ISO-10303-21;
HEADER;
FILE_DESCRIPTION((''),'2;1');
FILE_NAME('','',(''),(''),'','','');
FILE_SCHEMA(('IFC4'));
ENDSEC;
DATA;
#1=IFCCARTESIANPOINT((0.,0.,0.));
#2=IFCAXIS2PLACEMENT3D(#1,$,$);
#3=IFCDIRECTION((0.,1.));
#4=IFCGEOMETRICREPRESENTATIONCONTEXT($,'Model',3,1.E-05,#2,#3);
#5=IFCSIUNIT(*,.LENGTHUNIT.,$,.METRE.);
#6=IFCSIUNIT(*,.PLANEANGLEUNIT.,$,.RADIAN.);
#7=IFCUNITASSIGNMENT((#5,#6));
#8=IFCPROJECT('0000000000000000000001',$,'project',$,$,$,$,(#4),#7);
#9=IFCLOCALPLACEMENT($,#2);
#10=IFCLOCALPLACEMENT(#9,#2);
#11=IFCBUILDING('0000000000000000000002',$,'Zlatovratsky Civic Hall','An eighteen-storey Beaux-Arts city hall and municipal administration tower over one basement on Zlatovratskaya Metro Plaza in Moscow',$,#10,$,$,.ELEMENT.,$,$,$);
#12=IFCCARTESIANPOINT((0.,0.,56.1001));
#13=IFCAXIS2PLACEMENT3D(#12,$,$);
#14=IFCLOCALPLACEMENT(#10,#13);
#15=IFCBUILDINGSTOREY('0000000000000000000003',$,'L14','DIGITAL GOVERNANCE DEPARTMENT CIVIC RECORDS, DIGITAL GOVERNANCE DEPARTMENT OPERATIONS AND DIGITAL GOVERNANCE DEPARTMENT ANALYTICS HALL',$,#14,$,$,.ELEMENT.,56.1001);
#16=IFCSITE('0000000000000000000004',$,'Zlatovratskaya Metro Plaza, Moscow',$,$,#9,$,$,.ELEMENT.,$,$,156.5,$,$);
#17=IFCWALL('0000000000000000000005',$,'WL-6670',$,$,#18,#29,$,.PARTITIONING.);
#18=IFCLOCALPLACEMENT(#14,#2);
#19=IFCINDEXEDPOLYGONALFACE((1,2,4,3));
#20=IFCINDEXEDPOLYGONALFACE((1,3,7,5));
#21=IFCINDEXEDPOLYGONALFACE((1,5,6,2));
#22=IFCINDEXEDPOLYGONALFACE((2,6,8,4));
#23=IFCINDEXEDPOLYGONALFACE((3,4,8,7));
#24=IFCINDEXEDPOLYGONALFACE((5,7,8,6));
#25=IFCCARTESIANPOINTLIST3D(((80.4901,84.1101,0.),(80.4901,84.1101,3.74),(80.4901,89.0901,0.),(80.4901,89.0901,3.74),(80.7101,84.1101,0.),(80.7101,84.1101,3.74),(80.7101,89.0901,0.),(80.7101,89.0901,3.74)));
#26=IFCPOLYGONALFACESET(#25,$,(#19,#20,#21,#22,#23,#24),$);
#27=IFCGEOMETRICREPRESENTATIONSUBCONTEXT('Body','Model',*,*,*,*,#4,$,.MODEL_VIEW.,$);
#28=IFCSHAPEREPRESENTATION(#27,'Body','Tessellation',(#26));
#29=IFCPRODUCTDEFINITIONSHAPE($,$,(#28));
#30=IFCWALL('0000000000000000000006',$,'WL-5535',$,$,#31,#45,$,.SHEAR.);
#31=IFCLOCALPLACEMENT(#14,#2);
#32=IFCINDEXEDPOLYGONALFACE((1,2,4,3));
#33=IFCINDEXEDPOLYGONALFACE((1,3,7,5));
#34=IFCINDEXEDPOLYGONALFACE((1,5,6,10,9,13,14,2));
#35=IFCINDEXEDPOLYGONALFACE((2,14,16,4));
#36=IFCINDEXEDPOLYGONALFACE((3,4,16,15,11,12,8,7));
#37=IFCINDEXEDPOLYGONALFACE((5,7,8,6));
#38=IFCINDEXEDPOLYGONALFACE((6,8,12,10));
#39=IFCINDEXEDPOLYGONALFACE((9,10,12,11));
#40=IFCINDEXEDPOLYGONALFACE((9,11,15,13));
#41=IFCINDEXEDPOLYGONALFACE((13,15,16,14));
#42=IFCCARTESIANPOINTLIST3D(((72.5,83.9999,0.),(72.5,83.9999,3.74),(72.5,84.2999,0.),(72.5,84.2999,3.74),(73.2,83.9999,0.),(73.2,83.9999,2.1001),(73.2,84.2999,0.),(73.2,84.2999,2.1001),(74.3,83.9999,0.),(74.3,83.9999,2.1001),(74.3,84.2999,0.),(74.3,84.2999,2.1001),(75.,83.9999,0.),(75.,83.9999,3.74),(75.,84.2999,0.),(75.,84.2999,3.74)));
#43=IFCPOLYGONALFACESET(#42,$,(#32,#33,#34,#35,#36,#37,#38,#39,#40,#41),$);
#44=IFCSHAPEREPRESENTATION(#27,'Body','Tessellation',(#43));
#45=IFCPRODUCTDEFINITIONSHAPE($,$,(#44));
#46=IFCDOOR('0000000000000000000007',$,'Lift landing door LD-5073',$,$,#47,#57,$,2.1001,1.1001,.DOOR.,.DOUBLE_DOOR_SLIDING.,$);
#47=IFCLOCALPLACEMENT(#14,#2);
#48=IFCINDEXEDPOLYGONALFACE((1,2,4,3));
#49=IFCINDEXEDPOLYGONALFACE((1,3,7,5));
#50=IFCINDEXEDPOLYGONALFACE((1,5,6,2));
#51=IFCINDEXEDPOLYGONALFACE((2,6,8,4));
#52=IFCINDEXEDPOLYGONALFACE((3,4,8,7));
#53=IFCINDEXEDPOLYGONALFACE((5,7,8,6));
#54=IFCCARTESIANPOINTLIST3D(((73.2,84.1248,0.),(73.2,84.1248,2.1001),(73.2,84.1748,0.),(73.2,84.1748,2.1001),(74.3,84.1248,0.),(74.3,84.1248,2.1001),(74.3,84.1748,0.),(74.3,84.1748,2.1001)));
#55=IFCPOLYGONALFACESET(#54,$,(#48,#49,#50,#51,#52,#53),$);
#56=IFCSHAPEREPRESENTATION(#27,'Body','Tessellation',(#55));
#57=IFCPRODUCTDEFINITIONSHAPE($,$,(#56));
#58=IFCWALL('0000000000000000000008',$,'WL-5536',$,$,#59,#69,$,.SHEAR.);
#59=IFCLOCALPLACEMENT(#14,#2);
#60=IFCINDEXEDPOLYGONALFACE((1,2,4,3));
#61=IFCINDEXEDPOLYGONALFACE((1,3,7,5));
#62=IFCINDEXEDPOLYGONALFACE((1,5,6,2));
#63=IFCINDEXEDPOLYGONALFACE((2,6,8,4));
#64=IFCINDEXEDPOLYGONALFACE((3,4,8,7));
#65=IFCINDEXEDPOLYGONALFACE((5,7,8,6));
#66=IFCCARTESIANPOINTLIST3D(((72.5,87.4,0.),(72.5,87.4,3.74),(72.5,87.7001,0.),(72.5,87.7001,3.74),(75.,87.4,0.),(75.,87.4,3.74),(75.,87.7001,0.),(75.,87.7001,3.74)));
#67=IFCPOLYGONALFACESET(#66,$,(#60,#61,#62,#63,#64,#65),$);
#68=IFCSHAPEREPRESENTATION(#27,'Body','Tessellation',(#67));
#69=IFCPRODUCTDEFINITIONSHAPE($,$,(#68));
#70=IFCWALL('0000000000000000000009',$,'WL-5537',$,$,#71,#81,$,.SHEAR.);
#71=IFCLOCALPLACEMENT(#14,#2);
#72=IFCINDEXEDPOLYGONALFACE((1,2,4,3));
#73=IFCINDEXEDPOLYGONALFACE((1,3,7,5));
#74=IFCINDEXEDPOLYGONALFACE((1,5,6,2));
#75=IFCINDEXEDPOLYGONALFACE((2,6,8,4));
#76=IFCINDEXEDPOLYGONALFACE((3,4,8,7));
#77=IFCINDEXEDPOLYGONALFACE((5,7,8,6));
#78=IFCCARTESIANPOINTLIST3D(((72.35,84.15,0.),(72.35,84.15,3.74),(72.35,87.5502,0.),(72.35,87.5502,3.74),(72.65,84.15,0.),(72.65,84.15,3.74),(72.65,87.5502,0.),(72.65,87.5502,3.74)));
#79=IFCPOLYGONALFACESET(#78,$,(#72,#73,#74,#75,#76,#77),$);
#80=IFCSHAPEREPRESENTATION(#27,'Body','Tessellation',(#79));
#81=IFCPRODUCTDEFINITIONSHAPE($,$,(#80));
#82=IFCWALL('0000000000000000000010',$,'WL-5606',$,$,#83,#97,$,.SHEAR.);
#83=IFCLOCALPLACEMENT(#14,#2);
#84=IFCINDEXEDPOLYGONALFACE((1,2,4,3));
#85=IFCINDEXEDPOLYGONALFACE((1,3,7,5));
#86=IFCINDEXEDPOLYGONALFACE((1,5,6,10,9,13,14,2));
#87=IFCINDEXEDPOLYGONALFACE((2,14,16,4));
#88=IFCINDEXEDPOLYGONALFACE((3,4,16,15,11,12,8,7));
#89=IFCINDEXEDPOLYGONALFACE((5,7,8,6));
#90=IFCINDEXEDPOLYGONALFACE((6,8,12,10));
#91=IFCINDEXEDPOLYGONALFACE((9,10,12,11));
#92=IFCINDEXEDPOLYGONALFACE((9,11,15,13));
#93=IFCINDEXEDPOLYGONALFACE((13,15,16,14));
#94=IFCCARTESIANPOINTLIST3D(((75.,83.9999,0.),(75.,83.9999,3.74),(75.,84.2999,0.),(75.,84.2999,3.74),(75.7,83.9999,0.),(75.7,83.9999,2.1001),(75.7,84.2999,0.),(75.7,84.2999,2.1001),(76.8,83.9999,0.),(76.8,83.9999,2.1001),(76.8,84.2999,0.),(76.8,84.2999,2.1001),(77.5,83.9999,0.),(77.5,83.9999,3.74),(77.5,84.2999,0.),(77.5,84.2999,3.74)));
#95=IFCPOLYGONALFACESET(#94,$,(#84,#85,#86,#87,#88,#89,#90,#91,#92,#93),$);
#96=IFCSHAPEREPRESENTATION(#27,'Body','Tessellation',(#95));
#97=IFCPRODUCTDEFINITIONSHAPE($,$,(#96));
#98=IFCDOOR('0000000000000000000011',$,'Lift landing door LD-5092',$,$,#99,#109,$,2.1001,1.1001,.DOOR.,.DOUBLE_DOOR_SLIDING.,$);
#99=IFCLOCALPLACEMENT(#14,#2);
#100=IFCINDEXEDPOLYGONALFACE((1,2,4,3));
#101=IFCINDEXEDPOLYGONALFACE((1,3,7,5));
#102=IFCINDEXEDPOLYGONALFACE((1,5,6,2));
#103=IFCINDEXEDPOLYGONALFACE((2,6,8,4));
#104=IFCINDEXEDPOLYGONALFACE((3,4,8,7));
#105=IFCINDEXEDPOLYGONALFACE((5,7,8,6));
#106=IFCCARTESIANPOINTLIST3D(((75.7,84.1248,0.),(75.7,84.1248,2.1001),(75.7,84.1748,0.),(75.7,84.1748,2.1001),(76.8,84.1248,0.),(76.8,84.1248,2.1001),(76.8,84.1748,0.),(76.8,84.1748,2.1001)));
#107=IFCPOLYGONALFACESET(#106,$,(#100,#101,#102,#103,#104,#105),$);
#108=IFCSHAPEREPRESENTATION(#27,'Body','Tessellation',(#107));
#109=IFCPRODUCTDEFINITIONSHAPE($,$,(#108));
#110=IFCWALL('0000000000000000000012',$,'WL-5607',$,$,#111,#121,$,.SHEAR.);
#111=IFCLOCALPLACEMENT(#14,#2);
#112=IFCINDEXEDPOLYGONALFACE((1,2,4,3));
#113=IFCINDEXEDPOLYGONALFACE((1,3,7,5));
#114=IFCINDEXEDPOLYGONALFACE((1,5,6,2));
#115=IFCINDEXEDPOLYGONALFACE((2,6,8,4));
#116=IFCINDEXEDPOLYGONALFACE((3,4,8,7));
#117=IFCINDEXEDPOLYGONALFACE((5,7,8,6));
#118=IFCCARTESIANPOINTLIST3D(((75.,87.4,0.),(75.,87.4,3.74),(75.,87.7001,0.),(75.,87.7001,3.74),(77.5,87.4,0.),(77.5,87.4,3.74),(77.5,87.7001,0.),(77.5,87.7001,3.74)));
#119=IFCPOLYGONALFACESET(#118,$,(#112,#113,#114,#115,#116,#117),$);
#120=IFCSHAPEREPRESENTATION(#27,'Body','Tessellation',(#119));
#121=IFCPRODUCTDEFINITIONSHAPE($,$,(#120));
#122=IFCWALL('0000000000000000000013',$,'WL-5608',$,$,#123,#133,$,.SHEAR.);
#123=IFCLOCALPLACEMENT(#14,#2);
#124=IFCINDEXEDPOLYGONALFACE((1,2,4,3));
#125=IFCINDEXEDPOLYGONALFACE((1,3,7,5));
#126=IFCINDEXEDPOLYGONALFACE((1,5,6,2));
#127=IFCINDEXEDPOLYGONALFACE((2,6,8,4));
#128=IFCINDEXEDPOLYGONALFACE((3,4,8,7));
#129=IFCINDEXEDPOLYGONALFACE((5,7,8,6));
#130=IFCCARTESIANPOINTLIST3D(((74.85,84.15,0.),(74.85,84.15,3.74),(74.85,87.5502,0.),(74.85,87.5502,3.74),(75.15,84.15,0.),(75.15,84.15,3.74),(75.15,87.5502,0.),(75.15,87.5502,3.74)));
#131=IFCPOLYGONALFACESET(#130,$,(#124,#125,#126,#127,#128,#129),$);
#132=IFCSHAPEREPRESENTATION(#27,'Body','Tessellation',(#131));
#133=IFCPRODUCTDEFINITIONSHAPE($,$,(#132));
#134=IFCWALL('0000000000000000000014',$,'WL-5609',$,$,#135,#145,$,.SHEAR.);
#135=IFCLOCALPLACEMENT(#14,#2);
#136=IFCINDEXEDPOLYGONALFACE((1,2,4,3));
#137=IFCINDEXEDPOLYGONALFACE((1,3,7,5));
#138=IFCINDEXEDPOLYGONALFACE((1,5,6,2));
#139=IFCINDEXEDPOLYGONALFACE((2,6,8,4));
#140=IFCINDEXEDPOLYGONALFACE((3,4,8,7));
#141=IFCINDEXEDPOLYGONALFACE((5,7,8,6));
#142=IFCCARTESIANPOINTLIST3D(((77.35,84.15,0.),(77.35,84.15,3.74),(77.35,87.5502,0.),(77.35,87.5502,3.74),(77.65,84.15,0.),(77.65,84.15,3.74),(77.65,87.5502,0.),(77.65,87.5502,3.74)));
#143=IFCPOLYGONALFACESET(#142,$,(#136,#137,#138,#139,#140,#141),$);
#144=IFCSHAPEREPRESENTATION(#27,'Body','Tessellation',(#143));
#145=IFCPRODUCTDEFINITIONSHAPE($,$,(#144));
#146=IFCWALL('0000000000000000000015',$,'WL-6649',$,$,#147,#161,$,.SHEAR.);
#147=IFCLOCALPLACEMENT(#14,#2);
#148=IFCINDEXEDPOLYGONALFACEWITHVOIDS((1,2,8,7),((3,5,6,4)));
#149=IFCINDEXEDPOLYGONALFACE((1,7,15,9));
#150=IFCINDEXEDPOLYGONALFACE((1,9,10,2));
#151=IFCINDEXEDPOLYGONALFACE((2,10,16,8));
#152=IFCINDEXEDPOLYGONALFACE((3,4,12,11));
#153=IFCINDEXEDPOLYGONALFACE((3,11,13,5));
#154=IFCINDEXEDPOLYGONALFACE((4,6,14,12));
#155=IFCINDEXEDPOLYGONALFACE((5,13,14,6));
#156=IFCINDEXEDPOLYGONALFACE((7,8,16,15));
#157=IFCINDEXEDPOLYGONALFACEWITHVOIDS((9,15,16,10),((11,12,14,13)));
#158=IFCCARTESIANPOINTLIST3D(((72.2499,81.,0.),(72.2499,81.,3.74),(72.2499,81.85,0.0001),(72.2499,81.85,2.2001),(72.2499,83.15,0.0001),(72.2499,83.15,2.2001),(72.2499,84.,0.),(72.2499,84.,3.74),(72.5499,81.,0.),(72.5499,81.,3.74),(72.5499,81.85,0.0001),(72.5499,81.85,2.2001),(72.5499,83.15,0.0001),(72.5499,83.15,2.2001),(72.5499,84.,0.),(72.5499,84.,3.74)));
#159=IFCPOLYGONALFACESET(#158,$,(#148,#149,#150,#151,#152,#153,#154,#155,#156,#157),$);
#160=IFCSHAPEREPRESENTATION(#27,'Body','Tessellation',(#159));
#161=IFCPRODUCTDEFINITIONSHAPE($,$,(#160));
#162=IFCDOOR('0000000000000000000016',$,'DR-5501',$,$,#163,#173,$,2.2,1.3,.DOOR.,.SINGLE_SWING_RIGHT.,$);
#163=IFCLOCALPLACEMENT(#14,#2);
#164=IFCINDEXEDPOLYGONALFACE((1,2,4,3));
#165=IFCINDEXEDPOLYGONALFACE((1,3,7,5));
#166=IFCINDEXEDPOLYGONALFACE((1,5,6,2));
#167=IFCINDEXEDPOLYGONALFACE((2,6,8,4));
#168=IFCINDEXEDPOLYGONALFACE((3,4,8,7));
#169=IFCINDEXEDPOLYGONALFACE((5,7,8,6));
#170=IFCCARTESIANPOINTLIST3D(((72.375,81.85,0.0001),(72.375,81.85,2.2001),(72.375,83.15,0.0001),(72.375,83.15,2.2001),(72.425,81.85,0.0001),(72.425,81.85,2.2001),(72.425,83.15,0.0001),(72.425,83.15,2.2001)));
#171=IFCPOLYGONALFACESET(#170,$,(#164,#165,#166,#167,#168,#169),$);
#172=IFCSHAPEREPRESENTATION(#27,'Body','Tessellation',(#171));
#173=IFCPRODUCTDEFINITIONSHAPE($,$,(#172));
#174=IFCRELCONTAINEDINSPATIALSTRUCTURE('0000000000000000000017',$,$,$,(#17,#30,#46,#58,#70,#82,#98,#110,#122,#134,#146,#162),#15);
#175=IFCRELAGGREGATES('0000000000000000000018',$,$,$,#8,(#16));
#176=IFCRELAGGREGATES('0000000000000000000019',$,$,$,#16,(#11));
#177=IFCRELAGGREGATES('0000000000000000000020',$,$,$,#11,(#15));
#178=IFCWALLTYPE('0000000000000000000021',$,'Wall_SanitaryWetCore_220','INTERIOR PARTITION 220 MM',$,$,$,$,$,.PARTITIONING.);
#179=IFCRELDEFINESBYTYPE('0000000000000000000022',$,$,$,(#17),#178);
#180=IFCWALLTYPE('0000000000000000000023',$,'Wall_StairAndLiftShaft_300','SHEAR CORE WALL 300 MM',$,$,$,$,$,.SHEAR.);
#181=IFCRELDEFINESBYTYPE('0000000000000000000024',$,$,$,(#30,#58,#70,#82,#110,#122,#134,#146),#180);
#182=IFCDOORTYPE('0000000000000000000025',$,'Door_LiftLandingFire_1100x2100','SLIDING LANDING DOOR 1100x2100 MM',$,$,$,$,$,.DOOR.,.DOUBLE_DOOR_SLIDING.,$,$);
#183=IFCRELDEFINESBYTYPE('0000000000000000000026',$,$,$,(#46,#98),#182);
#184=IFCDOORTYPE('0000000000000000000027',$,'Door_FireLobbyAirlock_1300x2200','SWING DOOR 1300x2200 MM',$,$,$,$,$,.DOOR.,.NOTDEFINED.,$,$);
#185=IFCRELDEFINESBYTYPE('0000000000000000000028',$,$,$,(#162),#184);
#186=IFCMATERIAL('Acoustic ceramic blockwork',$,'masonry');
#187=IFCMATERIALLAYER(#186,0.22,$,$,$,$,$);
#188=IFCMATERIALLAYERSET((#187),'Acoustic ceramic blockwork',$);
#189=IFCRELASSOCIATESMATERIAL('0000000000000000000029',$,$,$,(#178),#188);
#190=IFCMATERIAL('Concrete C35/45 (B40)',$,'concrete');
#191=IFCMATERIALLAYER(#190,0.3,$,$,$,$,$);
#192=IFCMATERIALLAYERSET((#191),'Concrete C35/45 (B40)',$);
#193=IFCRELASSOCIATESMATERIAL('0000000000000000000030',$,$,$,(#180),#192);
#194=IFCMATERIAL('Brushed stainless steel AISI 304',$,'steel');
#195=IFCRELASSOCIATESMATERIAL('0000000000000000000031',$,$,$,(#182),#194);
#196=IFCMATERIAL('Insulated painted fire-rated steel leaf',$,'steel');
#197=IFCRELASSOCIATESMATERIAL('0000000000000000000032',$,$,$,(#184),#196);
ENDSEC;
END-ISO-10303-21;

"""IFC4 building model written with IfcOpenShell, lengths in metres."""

from ifc_helpers import new_model, si_unit, direction, frame, frame_2d, origin, place, context, subcontext, project, spatial, rectangle, extrude, material, layer, layer_set, type_object, element, fill, save


model = new_model("IFC4")

# Units and contexts
model_context = context("Model", 3, precision=1e-05, world=origin(), true_north=direction((0.0, 1.0)))
body_context = subcontext(model_context, "Body", "Model", "MODEL_VIEW")
ifc_project = project(units=[si_unit("LENGTHUNIT", "METRE"), si_unit("PLANEANGLEUNIT", "RADIAN")], contexts=[model_context])

# Site, building, storey
site_placement = place(None, origin())
site = spatial("IfcSite", under=ifc_project, at=site_placement, Name="Zlatovratskaya Metro Plaza, Moscow", CompositionType="ELEMENT", RefElevation=156.5)
building_placement = place(site_placement, origin())
building = spatial("IfcBuilding", under=site, at=building_placement, Name="Zlatovratsky Civic Hall", Description="An eighteen-storey Beaux-Arts city hall and municipal administration tower over one basement on Zlatovratskaya Metro Plaza in Moscow", CompositionType="ELEMENT")
storey_placement = place(building_placement, frame((0.0, 0.0, 56.1001)))
storey = spatial("IfcBuildingStorey", under=building, at=storey_placement, Name="L14", Description="DIGITAL GOVERNANCE DEPARTMENT CIVIC RECORDS, DIGITAL GOVERNANCE DEPARTMENT OPERATIONS AND DIGITAL GOVERNANCE DEPARTMENT ANALYTICS HALL", CompositionType="ELEMENT", Elevation=56.1001)

# Shared definitions
ifc_material_1 = material(Name="Concrete C35/45 (B40)", Category="concrete")

# Shared definitions
ifc_material_2 = material(Name="Acoustic ceramic blockwork", Category="masonry")

# Shared definitions
ifc_layer_1 = layer(ifc_material_2, 0.22)
ifc_layer_set_1 = layer_set([ifc_layer_1], Name="Acoustic ceramic blockwork")
wall_type_1 = type_object("IfcWallType", Name="Wall_SanitaryWetCore_220", Description="INTERIOR PARTITION 220 MM", PredefinedType="PARTITIONING", material=ifc_layer_set_1)

# Wall
wall_1_placement = place(storey_placement, frame((80.6001, 84.1101, 0.0), z_axis=(0.0, 0.0, 1.0), x_axis=(0.0, 1.0, 0.0)))
element("IfcWall", 1, at=wall_1_placement, inside=storey, type_object=wall_type_1, Name="WL-6670", PredefinedType="PARTITIONING", context=body_context, shape_type="SweptSolid", body=[
    extrude(rectangle(XDim=4.98, YDim=0.22, at=frame_2d((2.49, 0.0))), origin(), (0.0, 0.0, 1.0), 3.74),
])

# Wall, opening, door
ifc_layer_2 = layer(ifc_material_1, 0.3)
ifc_layer_set_2 = layer_set([ifc_layer_2], Name="Concrete C35/45 (B40)")
wall_type_2 = type_object("IfcWallType", Name="Wall_StairAndLiftShaft_300", Description="SHEAR CORE WALL 300 MM", PredefinedType="SHEAR", material=ifc_layer_set_2)
wall_2_placement = place(storey_placement, frame((72.5, 84.1499, 0.0), z_axis=(0.0, 0.0, 1.0), x_axis=(1.0, 0.0, 0.0)))
wall_2 = element("IfcWall", 2, at=wall_2_placement, inside=storey, type_object=wall_type_2, Name="WL-5535", PredefinedType="SHEAR", context=body_context, shape_type="SweptSolid", body=[
    extrude(rectangle(XDim=2.5, YDim=0.3, at=frame_2d((1.25, 0.0))), origin(), (0.0, 0.0, 1.0), 3.74),
])
opening_1_placement = place(wall_2_placement, frame((0.7, 0.0, 0.0)))
opening_1 = element("IfcOpeningElement", 3, at=opening_1_placement, cuts=wall_2, PredefinedType="OPENING", context=body_context, shape_type="SweptSolid", body=[
    extrude(rectangle(XDim=1.1001, YDim=2.1001, at=frame_2d((0.55, 1.05))), frame((0.0, 0.165, 0.0), z_axis=(0.0, -1.0, 0.0), x_axis=(1.0, 0.0, 0.0)), (0.0, 0.0, 1.0), 0.3298),
])
ifc_material_3 = material(Name="Brushed stainless steel AISI 304", Category="steel")
door_type_1 = type_object("IfcDoorType", Name="Door_LiftLandingFire_1100x2100", Description="SLIDING LANDING DOOR 1100x2100 MM", OperationType="DOUBLE_DOOR_SLIDING", PredefinedType="DOOR", material=ifc_material_3)
door_1_placement = place(opening_1_placement, origin())
door_1 = element("IfcDoor", 4, at=door_1_placement, inside=storey, type_object=door_type_1, Name="Lift landing door LD-5073", OperationType="DOUBLE_DOOR_SLIDING", OverallHeight=2.1001, OverallWidth=1.1001, PredefinedType="DOOR", context=body_context, shape_type="SweptSolid", body=[
    extrude(rectangle(XDim=1.1001, YDim=2.1001, at=frame_2d((0.55, 1.05))), frame((0.0, 0.0249, 0.0), z_axis=(0.0, -1.0, 0.0), x_axis=(1.0, 0.0, 0.0)), (0.0, 0.0, 1.0), 0.05),
])
fill(opening_1, door_1)

# Walls
wall_3_placement = place(storey_placement, frame((72.5, 87.55, 0.0), z_axis=(0.0, 0.0, 1.0), x_axis=(1.0, 0.0, 0.0)))
element("IfcWall", 5, at=wall_3_placement, inside=storey, type_object=wall_type_2, Name="WL-5536", PredefinedType="SHEAR", context=body_context, shape_type="SweptSolid", body=[
    extrude(rectangle(XDim=2.5, YDim=0.3, at=frame_2d((1.25, 0.0))), origin(), (0.0, 0.0, 1.0), 3.74),
])
wall_4_placement = place(storey_placement, frame((72.5, 84.1499, 0.0), z_axis=(0.0, 0.0, 1.0), x_axis=(0.0, 1.0, 0.0)))
element("IfcWall", 6, at=wall_4_placement, inside=storey, type_object=wall_type_2, Name="WL-5537", PredefinedType="SHEAR", context=body_context, shape_type="SweptSolid", body=[
    extrude(rectangle(XDim=3.4001, YDim=0.3, at=frame_2d((1.7002, 0.0))), origin(), (0.0, 0.0, 1.0), 3.74),
])

# Wall, opening, door
wall_5_placement = place(storey_placement, frame((75.0, 84.1499, 0.0), z_axis=(0.0, 0.0, 1.0), x_axis=(1.0, 0.0, 0.0)))
wall_5 = element("IfcWall", 7, at=wall_5_placement, inside=storey, type_object=wall_type_2, Name="WL-5606", PredefinedType="SHEAR", context=body_context, shape_type="SweptSolid", body=[
    extrude(rectangle(XDim=2.5, YDim=0.3, at=frame_2d((1.25, 0.0))), origin(), (0.0, 0.0, 1.0), 3.74),
])
opening_2_placement = place(wall_5_placement, frame((0.7, 0.0, 0.0)))
opening_2 = element("IfcOpeningElement", 8, at=opening_2_placement, cuts=wall_5, PredefinedType="OPENING", context=body_context, shape_type="SweptSolid", body=[
    extrude(rectangle(XDim=1.1001, YDim=2.1001, at=frame_2d((0.55, 1.05))), frame((0.0, 0.165, 0.0), z_axis=(0.0, -1.0, 0.0), x_axis=(1.0, 0.0, 0.0)), (0.0, 0.0, 1.0), 0.3298),
])
door_2_placement = place(opening_2_placement, origin())
door_2 = element("IfcDoor", 9, at=door_2_placement, inside=storey, type_object=door_type_1, Name="Lift landing door LD-5092", OperationType="DOUBLE_DOOR_SLIDING", OverallHeight=2.1001, OverallWidth=1.1001, PredefinedType="DOOR", context=body_context, shape_type="SweptSolid", body=[
    extrude(rectangle(XDim=1.1001, YDim=2.1001, at=frame_2d((0.55, 1.05))), frame((0.0, 0.0249, 0.0), z_axis=(0.0, -1.0, 0.0), x_axis=(1.0, 0.0, 0.0)), (0.0, 0.0, 1.0), 0.05),
])
fill(opening_2, door_2)

# Walls
wall_6_placement = place(storey_placement, frame((75.0, 87.55, 0.0), z_axis=(0.0, 0.0, 1.0), x_axis=(1.0, 0.0, 0.0)))
element("IfcWall", 10, at=wall_6_placement, inside=storey, type_object=wall_type_2, Name="WL-5607", PredefinedType="SHEAR", context=body_context, shape_type="SweptSolid", body=[
    extrude(rectangle(XDim=2.5, YDim=0.3, at=frame_2d((1.25, 0.0))), origin(), (0.0, 0.0, 1.0), 3.74),
])
for number, where, z_axis, x_axis, name in (
    (11, (75.0, 84.1499, 0.0), (0.0, 0.0, 1.0), (0.0, 1.0, 0.0), "WL-5608"),
    (12, (77.5, 84.1499, 0.0), (0.0, 0.0, 1.0), (0.0, 1.0, 0.0), "WL-5609"),
):
    element("IfcWall", number, at=place(storey_placement, frame(where, z_axis=z_axis, x_axis=x_axis)), inside=storey, type_object=wall_type_2, Name=name, PredefinedType="SHEAR", context=body_context, shape_type="SweptSolid", body=[
        extrude(rectangle(XDim=3.4001, YDim=0.3, at=frame_2d((1.7002, 0.0))), origin(), (0.0, 0.0, 1.0), 3.74),
    ])

# Wall, opening, door
wall_7_placement = place(storey_placement, frame((72.3999, 81.0, 0.0), z_axis=(0.0, 0.0, 1.0), x_axis=(0.0, 1.0, 0.0)))
wall_7 = element("IfcWall", 13, at=wall_7_placement, inside=storey, type_object=wall_type_2, Name="WL-6649", PredefinedType="SHEAR", context=body_context, shape_type="SweptSolid", body=[
    extrude(rectangle(XDim=3.0, YDim=0.3, at=frame_2d((1.5, 0.0))), origin(), (0.0, 0.0, 1.0), 3.74),
])
opening_3_placement = place(wall_7_placement, frame((0.8501, 0.0, 0.0)))
opening_3 = element("IfcOpeningElement", 14, at=opening_3_placement, cuts=wall_7, PredefinedType="OPENING", context=body_context, shape_type="SweptSolid", body=[
    extrude(rectangle(XDim=1.3, YDim=2.2, at=frame_2d((0.6499, 1.1001))), frame((0.0, 0.165, 0.0), z_axis=(0.0, -1.0, 0.0), x_axis=(1.0, 0.0, 0.0)), (0.0, 0.0, 1.0), 0.3298),
])
ifc_material_4 = material(Name="Insulated painted fire-rated steel leaf", Category="steel")
door_type_2 = type_object("IfcDoorType", Name="Door_FireLobbyAirlock_1300x2200", Description="SWING DOOR 1300x2200 MM", OperationType="NOTDEFINED", PredefinedType="DOOR", material=ifc_material_4)
door_3_placement = place(opening_3_placement, origin())
door_3 = element("IfcDoor", 15, at=door_3_placement, inside=storey, type_object=door_type_2, Name="DR-5501", OperationType="SINGLE_SWING_RIGHT", OverallHeight=2.2, OverallWidth=1.3, PredefinedType="DOOR", context=body_context, shape_type="SweptSolid", body=[
    extrude(rectangle(XDim=1.3, YDim=2.2, at=frame_2d((0.6499, 1.1001))), frame((0.0, 0.0249, 0.0), z_axis=(0.0, -1.0, 0.0), x_axis=(1.0, 0.0, 0.0)), (0.0, 0.0, 1.0), 0.05),
])
fill(opening_3, door_3)

save(model, "model.ifc")
